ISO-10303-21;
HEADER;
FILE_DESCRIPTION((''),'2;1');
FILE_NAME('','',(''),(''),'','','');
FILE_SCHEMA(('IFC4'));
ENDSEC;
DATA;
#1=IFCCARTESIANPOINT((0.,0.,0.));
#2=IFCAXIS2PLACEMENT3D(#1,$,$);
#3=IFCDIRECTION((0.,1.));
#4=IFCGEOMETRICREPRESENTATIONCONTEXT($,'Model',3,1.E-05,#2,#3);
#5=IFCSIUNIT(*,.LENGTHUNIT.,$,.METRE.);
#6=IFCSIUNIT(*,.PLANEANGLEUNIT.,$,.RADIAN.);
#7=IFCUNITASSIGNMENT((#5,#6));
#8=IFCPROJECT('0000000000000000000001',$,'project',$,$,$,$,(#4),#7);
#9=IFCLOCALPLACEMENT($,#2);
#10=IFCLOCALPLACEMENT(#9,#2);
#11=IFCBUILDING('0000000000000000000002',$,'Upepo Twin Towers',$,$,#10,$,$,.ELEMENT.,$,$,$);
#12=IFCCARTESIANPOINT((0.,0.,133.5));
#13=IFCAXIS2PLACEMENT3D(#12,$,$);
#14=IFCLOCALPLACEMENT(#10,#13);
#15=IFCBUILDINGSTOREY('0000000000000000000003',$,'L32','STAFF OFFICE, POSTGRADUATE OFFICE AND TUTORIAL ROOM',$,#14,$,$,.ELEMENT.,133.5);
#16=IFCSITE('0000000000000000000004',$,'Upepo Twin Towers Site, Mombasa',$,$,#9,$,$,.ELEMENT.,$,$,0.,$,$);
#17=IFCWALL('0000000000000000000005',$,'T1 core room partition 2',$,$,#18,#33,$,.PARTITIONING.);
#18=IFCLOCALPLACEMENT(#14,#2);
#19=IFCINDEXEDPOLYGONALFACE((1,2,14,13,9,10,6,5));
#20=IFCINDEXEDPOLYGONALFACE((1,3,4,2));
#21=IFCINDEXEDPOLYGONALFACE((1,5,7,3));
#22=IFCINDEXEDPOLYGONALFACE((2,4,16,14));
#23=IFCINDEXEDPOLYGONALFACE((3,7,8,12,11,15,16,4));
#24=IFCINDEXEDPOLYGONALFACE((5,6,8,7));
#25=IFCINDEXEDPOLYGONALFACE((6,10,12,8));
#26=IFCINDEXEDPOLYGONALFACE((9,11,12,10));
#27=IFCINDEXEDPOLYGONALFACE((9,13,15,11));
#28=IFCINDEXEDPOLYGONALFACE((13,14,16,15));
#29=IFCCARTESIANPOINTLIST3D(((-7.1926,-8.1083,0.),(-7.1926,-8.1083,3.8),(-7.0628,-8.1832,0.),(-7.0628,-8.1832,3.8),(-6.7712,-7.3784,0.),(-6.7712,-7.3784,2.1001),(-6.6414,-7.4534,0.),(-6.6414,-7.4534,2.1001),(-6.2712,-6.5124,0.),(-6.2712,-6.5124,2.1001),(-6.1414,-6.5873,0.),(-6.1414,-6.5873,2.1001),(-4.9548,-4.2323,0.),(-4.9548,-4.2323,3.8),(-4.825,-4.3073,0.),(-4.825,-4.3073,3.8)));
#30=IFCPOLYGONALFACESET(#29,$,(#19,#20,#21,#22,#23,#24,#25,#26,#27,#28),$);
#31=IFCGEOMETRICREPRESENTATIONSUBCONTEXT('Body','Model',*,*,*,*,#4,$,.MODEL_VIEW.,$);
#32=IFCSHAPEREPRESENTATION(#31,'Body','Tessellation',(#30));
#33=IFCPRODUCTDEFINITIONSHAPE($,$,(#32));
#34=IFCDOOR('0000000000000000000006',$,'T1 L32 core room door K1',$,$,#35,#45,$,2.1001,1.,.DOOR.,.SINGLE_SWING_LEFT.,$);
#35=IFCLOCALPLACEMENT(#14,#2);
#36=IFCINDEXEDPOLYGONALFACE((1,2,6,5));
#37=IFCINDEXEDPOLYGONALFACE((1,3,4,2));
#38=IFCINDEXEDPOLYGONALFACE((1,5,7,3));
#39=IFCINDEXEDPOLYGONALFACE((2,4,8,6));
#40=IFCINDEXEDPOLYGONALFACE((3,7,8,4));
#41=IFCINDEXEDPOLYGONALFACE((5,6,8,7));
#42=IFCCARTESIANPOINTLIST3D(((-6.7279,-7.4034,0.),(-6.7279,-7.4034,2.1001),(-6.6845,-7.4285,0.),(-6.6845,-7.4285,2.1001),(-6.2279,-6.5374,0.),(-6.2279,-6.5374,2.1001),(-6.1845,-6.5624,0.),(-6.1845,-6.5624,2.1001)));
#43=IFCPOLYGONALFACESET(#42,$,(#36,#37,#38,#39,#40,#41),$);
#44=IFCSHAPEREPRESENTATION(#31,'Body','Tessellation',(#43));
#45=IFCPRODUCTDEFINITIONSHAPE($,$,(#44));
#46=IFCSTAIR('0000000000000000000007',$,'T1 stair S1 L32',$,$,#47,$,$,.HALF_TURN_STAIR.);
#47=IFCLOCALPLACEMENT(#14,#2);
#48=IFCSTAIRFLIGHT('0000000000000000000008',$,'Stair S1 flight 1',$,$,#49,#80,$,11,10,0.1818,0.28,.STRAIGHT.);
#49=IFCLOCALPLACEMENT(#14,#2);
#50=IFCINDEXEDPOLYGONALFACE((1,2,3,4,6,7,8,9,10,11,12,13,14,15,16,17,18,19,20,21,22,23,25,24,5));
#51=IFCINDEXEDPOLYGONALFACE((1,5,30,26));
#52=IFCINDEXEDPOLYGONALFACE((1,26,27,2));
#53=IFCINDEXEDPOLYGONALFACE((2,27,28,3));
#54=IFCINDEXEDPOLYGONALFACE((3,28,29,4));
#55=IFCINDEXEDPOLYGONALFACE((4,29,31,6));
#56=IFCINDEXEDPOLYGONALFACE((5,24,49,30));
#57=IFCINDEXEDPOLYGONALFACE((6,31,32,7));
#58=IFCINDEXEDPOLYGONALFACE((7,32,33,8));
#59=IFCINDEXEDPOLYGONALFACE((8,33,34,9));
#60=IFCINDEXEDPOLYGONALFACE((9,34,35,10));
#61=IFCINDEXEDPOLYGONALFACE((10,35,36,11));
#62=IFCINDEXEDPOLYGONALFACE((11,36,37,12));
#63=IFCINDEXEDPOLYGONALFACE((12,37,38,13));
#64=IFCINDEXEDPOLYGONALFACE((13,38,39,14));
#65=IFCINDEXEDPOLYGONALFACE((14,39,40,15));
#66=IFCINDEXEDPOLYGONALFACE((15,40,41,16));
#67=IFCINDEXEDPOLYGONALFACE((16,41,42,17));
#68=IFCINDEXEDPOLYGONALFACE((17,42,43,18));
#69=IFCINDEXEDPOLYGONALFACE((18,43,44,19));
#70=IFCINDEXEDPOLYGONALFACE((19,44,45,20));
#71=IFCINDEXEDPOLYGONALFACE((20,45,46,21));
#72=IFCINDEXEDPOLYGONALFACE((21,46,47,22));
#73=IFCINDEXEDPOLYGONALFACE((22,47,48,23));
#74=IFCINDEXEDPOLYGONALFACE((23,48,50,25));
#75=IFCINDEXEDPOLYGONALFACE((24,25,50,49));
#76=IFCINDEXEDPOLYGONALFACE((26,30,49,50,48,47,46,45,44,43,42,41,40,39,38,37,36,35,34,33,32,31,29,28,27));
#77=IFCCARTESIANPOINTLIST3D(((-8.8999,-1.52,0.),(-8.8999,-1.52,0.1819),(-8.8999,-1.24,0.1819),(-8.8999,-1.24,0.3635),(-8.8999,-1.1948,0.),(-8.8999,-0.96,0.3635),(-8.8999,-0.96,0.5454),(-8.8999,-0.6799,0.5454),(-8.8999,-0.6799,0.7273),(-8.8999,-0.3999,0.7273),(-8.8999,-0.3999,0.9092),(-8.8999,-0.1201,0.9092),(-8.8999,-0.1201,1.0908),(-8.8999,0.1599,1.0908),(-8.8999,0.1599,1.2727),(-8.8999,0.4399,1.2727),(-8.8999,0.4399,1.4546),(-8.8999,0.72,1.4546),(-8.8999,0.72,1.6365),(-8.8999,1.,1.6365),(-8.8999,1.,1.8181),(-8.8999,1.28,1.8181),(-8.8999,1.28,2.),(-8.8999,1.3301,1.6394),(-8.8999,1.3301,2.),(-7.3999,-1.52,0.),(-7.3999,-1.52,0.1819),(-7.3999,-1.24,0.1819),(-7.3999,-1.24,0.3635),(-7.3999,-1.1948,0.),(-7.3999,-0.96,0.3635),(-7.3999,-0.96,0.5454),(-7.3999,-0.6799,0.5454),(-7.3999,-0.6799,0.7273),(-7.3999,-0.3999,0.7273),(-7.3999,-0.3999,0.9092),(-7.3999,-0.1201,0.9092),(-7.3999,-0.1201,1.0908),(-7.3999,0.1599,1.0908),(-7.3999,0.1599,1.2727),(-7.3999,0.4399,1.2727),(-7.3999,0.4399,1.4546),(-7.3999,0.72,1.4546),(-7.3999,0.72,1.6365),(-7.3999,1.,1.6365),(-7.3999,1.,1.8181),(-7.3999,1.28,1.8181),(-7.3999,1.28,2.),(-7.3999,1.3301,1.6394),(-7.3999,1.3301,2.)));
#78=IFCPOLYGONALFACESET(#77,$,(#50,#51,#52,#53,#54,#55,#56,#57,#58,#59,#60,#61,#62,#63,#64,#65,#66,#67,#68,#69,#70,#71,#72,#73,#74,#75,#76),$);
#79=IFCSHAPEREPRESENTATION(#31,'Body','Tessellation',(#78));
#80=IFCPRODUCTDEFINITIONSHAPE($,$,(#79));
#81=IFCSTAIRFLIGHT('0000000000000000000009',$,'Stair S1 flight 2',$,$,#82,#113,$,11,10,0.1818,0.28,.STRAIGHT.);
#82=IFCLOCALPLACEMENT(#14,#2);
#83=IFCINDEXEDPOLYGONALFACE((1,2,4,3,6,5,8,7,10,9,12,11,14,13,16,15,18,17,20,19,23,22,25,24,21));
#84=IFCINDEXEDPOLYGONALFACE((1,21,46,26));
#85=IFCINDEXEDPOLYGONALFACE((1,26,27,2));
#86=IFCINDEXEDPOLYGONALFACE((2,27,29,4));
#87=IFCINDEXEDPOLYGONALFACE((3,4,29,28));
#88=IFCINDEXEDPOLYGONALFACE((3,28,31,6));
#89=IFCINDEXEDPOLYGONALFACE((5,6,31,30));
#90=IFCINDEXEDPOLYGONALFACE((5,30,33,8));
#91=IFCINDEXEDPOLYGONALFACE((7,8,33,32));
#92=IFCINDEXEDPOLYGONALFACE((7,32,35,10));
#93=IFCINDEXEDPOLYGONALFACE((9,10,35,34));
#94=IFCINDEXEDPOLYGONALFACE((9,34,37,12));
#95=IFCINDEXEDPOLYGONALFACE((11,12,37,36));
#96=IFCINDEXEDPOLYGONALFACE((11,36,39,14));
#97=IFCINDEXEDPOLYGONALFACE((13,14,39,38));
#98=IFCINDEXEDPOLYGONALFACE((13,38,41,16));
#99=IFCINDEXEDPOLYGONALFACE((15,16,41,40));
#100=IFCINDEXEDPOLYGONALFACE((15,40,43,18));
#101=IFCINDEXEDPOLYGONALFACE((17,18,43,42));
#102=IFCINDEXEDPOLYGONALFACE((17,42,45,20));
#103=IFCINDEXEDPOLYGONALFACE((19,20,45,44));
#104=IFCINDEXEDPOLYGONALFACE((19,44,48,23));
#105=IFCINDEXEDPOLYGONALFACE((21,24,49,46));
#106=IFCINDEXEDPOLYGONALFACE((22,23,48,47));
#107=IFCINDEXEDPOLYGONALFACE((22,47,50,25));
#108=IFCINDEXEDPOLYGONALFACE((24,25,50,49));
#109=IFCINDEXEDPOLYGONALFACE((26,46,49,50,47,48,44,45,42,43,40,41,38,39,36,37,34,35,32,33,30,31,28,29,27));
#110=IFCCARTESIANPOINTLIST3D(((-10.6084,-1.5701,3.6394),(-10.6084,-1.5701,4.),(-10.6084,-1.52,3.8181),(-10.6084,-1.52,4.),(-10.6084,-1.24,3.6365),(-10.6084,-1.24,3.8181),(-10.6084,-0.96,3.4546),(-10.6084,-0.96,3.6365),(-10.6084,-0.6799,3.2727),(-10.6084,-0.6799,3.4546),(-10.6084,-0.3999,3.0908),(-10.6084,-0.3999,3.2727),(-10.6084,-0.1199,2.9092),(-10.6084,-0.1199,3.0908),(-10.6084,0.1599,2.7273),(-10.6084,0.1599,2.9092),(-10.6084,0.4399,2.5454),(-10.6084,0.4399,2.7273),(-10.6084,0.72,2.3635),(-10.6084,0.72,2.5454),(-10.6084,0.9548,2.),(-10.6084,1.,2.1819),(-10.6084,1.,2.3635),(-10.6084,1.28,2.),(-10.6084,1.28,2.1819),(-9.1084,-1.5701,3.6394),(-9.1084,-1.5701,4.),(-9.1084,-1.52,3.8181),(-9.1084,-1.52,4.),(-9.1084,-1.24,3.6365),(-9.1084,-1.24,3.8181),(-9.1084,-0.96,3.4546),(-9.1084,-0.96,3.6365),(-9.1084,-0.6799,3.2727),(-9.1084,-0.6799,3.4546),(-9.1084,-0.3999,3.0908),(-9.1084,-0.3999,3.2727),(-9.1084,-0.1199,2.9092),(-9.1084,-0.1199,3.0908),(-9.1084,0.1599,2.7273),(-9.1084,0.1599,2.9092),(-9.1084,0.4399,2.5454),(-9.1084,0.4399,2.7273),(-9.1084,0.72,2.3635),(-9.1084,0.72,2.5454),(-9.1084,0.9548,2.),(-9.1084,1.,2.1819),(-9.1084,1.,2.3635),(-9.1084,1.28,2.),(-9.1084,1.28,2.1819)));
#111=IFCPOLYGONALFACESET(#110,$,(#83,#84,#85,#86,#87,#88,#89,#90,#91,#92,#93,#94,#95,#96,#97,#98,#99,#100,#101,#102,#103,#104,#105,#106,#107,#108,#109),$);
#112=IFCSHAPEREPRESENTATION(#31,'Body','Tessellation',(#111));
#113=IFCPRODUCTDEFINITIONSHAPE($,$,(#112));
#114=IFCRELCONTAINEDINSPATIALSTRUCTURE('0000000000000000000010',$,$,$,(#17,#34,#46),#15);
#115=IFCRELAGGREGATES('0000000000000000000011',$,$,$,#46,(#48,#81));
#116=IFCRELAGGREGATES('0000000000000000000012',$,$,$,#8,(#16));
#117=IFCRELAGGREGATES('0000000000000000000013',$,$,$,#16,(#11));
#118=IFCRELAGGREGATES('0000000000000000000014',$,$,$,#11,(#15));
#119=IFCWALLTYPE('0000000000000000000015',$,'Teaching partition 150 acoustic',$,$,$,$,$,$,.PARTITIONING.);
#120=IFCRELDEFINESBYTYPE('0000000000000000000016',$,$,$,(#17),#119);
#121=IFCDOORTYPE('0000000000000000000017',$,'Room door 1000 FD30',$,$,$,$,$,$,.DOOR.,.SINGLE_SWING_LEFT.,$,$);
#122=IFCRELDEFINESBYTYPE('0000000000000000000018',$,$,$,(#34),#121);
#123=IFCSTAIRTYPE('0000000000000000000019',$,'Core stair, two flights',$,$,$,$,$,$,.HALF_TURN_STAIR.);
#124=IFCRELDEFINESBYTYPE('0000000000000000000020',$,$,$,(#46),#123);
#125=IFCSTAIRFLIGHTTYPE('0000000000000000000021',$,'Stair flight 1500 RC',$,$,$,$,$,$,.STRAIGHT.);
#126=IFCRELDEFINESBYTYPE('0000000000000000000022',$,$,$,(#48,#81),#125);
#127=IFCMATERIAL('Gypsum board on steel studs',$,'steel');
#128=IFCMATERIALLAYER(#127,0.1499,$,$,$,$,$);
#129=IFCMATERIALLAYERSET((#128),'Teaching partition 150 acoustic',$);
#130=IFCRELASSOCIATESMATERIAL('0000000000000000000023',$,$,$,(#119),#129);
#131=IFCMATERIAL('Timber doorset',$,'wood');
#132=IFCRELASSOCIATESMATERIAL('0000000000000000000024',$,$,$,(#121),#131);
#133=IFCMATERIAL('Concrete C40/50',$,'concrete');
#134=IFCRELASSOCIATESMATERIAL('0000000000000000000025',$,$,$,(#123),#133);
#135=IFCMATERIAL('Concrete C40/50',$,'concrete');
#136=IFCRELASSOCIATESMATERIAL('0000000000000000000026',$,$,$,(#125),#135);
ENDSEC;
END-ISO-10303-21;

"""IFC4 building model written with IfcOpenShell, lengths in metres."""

from ifc_helpers import new_model, si_unit, direction, frame, frame_2d, origin, place, context, subcontext, project, spatial, polyline, rectangle, outline, extrude, material, layer, layer_set, type_object, element, fill, aggregate, save


model = new_model("IFC4")

# Units and contexts
model_context = context("Model", 3, precision=1e-05, world=origin(), true_north=direction((0.0, 1.0)))
body_context = subcontext(model_context, "Body", "Model", "MODEL_VIEW")
ifc_project = project(units=[si_unit("LENGTHUNIT", "METRE"), si_unit("PLANEANGLEUNIT", "RADIAN")], contexts=[model_context])

# Site, building, storey
site_placement = place(None, origin())
site = spatial("IfcSite", under=ifc_project, at=site_placement, Name="Upepo Twin Towers Site, Mombasa", CompositionType="ELEMENT", RefElevation=0.0)
building_placement = place(site_placement, origin())
building = spatial("IfcBuilding", under=site, at=building_placement, Name="Upepo Twin Towers", CompositionType="ELEMENT")
storey_placement = place(building_placement, frame((0.0, 0.0, 133.5)))
storey = spatial("IfcBuildingStorey", under=building, at=storey_placement, Name="L32", Description="STAFF OFFICE, POSTGRADUATE OFFICE AND TUTORIAL ROOM", CompositionType="ELEMENT", Elevation=133.5)

# Wall, opening, door
ifc_material_1 = material(Name="Gypsum board on steel studs", Category="steel")
ifc_layer_1 = layer(ifc_material_1, 0.1499)
ifc_layer_set_1 = layer_set([ifc_layer_1], Name="Teaching partition 150 acoustic")
wall_type_1 = type_object("IfcWallType", Name="Teaching partition 150 acoustic", PredefinedType="PARTITIONING", material=ifc_layer_set_1)
ifc_material_2 = material(Name="Timber doorset", Category="wood")
door_type_1 = type_object("IfcDoorType", Name="Room door 1000 FD30", OperationType="SINGLE_SWING_LEFT", PredefinedType="DOOR", material=ifc_material_2)
wall_1_placement = place(storey_placement, frame((-7.1277, -8.1458, 0.0), z_axis=(0.0, 0.0, 1.0), x_axis=(0.499999, 0.866026, 0.0)))
wall_1 = element("IfcWall", 1, at=wall_1_placement, inside=storey, type_object=wall_type_1, Name="T1 core room partition 2", PredefinedType="PARTITIONING", context=body_context, shape_type="SweptSolid", body=[
    extrude(rectangle(XDim=4.4756, YDim=0.1499, at=frame_2d((2.2378, 0.0))), origin(), (0.0, 0.0, 1.0), 3.8),
])
opening_1_placement = place(wall_1_placement, frame((0.8428, 0.0, 0.0)))
opening_1 = element("IfcOpeningElement", 2, at=opening_1_placement, cuts=wall_1, PredefinedType="OPENING", context=body_context, shape_type="SweptSolid", body=[
    extrude(rectangle(XDim=1.0, YDim=2.1001, at=frame_2d((0.5, 1.05))), frame((0.0, 0.085, 0.0), z_axis=(0.0, -1.0, 0.0), x_axis=(1.0, 0.0, 0.0)), (0.0, 0.0, 1.0), 0.1699),
])
door_1_placement = place(opening_1_placement, origin())
door_1 = element("IfcDoor", 3, at=door_1_placement, inside=storey, type_object=door_type_1, Name="T1 L32 core room door K1", OperationType="SINGLE_SWING_LEFT", OverallHeight=2.1001, OverallWidth=1.0, PredefinedType="DOOR", context=body_context, shape_type="SweptSolid", body=[
    extrude(rectangle(XDim=1.0, YDim=2.1001, at=frame_2d((0.5, 1.05))), frame((0.0, 0.0249, 0.0), z_axis=(0.0, -1.0, 0.0), x_axis=(1.0, 0.0, 0.0)), (0.0, 0.0, 1.0), 0.05),
])
fill(opening_1, door_1)

# Stair, stair flights
ifc_material_3 = material(Name="Concrete C40/50", Category="concrete")
stair_type = type_object("IfcStairType", Name="Core stair, two flights", PredefinedType="HALF_TURN_STAIR", material=ifc_material_3)
stair_placement = place(storey_placement, origin())
stair = element("IfcStair", 4, at=stair_placement, inside=storey, type_object=stair_type, Name="T1 stair S1 L32", PredefinedType="HALF_TURN_STAIR")
ifc_material_4 = material(Name="Concrete C40/50", Category="concrete")
stair_flight_type = type_object("IfcStairFlightType", Name="Stair flight 1500 RC", PredefinedType="STRAIGHT", material=ifc_material_4)
stair_flight_1_placement = place(storey_placement, frame((-8.1499, -1.52, 0.0), z_axis=(0.0, 0.0, 1.0), x_axis=(0.0, 1.0, 0.0)))
stair_flight_1 = element("IfcStairFlight", 5, at=stair_flight_1_placement, type_object=stair_flight_type, Name="Stair S1 flight 1", NumberOfRisers=11, NumberOfTreads=10, PredefinedType="STRAIGHT", RiserHeight=0.1818, TreadLength=0.28, context=body_context, shape_type="SweptSolid", body=[
    extrude(outline(polyline([(0.0, 0.0), (0.0, 0.1819), (0.28, 0.1819), (0.28, 0.3635), (0.5601, 0.3635), (0.5601, 0.5454), (0.8401, 0.5454), (0.8401, 0.7273), (1.1201, 0.7273), (1.1201, 0.9092), (1.3999, 0.9092), (1.3999, 1.0908), (1.6799, 1.0908), (1.6799, 1.2727), (1.96, 1.2727), (1.96, 1.4546), (2.24, 1.4546), (2.24, 1.6365), (2.52, 1.6365), (2.52, 1.8181), (2.8, 1.8181), (2.8, 2.0), (2.8501, 2.0), (2.8501, 1.6394), (0.3252, 0.0), (0.0, 0.0)])), frame((0.0, 0.75, 0.0), z_axis=(0.0, -1.0, 0.0), x_axis=(1.0, 0.0, 0.0)), (0.0, 0.0, 1.0), 1.5),
])
stair_flight_2_placement = place(storey_placement, frame((-9.8584, 1.28, 2.0), z_axis=(0.0, 0.0, 1.0), x_axis=(0.0, -1.0, 0.0)))
stair_flight_2 = element("IfcStairFlight", 6, at=stair_flight_2_placement, type_object=stair_flight_type, Name="Stair S1 flight 2", NumberOfRisers=11, NumberOfTreads=10, PredefinedType="STRAIGHT", RiserHeight=0.1818, TreadLength=0.28, context=body_context, shape_type="SweptSolid", body=[
    extrude(outline(polyline([(0.0, 0.0), (0.0, 0.1819), (0.28, 0.1819), (0.28, 0.3635), (0.5601, 0.3635), (0.5601, 0.5454), (0.8401, 0.5454), (0.8401, 0.7273), (1.1201, 0.7273), (1.1201, 0.9092), (1.3999, 0.9092), (1.3999, 1.0908), (1.6799, 1.0908), (1.6799, 1.2727), (1.96, 1.2727), (1.96, 1.4546), (2.24, 1.4546), (2.24, 1.6365), (2.52, 1.6365), (2.52, 1.8181), (2.8, 1.8181), (2.8, 2.0), (2.8501, 2.0), (2.8501, 1.6394), (0.3252, 0.0), (0.0, 0.0)])), frame((0.0, 0.75, 0.0), z_axis=(0.0, -1.0, 0.0), x_axis=(1.0, 0.0, 0.0)), (0.0, 0.0, 1.0), 1.5),
])
aggregate(stair, [stair_flight_1, stair_flight_2])

save(model, "model.ifc")
